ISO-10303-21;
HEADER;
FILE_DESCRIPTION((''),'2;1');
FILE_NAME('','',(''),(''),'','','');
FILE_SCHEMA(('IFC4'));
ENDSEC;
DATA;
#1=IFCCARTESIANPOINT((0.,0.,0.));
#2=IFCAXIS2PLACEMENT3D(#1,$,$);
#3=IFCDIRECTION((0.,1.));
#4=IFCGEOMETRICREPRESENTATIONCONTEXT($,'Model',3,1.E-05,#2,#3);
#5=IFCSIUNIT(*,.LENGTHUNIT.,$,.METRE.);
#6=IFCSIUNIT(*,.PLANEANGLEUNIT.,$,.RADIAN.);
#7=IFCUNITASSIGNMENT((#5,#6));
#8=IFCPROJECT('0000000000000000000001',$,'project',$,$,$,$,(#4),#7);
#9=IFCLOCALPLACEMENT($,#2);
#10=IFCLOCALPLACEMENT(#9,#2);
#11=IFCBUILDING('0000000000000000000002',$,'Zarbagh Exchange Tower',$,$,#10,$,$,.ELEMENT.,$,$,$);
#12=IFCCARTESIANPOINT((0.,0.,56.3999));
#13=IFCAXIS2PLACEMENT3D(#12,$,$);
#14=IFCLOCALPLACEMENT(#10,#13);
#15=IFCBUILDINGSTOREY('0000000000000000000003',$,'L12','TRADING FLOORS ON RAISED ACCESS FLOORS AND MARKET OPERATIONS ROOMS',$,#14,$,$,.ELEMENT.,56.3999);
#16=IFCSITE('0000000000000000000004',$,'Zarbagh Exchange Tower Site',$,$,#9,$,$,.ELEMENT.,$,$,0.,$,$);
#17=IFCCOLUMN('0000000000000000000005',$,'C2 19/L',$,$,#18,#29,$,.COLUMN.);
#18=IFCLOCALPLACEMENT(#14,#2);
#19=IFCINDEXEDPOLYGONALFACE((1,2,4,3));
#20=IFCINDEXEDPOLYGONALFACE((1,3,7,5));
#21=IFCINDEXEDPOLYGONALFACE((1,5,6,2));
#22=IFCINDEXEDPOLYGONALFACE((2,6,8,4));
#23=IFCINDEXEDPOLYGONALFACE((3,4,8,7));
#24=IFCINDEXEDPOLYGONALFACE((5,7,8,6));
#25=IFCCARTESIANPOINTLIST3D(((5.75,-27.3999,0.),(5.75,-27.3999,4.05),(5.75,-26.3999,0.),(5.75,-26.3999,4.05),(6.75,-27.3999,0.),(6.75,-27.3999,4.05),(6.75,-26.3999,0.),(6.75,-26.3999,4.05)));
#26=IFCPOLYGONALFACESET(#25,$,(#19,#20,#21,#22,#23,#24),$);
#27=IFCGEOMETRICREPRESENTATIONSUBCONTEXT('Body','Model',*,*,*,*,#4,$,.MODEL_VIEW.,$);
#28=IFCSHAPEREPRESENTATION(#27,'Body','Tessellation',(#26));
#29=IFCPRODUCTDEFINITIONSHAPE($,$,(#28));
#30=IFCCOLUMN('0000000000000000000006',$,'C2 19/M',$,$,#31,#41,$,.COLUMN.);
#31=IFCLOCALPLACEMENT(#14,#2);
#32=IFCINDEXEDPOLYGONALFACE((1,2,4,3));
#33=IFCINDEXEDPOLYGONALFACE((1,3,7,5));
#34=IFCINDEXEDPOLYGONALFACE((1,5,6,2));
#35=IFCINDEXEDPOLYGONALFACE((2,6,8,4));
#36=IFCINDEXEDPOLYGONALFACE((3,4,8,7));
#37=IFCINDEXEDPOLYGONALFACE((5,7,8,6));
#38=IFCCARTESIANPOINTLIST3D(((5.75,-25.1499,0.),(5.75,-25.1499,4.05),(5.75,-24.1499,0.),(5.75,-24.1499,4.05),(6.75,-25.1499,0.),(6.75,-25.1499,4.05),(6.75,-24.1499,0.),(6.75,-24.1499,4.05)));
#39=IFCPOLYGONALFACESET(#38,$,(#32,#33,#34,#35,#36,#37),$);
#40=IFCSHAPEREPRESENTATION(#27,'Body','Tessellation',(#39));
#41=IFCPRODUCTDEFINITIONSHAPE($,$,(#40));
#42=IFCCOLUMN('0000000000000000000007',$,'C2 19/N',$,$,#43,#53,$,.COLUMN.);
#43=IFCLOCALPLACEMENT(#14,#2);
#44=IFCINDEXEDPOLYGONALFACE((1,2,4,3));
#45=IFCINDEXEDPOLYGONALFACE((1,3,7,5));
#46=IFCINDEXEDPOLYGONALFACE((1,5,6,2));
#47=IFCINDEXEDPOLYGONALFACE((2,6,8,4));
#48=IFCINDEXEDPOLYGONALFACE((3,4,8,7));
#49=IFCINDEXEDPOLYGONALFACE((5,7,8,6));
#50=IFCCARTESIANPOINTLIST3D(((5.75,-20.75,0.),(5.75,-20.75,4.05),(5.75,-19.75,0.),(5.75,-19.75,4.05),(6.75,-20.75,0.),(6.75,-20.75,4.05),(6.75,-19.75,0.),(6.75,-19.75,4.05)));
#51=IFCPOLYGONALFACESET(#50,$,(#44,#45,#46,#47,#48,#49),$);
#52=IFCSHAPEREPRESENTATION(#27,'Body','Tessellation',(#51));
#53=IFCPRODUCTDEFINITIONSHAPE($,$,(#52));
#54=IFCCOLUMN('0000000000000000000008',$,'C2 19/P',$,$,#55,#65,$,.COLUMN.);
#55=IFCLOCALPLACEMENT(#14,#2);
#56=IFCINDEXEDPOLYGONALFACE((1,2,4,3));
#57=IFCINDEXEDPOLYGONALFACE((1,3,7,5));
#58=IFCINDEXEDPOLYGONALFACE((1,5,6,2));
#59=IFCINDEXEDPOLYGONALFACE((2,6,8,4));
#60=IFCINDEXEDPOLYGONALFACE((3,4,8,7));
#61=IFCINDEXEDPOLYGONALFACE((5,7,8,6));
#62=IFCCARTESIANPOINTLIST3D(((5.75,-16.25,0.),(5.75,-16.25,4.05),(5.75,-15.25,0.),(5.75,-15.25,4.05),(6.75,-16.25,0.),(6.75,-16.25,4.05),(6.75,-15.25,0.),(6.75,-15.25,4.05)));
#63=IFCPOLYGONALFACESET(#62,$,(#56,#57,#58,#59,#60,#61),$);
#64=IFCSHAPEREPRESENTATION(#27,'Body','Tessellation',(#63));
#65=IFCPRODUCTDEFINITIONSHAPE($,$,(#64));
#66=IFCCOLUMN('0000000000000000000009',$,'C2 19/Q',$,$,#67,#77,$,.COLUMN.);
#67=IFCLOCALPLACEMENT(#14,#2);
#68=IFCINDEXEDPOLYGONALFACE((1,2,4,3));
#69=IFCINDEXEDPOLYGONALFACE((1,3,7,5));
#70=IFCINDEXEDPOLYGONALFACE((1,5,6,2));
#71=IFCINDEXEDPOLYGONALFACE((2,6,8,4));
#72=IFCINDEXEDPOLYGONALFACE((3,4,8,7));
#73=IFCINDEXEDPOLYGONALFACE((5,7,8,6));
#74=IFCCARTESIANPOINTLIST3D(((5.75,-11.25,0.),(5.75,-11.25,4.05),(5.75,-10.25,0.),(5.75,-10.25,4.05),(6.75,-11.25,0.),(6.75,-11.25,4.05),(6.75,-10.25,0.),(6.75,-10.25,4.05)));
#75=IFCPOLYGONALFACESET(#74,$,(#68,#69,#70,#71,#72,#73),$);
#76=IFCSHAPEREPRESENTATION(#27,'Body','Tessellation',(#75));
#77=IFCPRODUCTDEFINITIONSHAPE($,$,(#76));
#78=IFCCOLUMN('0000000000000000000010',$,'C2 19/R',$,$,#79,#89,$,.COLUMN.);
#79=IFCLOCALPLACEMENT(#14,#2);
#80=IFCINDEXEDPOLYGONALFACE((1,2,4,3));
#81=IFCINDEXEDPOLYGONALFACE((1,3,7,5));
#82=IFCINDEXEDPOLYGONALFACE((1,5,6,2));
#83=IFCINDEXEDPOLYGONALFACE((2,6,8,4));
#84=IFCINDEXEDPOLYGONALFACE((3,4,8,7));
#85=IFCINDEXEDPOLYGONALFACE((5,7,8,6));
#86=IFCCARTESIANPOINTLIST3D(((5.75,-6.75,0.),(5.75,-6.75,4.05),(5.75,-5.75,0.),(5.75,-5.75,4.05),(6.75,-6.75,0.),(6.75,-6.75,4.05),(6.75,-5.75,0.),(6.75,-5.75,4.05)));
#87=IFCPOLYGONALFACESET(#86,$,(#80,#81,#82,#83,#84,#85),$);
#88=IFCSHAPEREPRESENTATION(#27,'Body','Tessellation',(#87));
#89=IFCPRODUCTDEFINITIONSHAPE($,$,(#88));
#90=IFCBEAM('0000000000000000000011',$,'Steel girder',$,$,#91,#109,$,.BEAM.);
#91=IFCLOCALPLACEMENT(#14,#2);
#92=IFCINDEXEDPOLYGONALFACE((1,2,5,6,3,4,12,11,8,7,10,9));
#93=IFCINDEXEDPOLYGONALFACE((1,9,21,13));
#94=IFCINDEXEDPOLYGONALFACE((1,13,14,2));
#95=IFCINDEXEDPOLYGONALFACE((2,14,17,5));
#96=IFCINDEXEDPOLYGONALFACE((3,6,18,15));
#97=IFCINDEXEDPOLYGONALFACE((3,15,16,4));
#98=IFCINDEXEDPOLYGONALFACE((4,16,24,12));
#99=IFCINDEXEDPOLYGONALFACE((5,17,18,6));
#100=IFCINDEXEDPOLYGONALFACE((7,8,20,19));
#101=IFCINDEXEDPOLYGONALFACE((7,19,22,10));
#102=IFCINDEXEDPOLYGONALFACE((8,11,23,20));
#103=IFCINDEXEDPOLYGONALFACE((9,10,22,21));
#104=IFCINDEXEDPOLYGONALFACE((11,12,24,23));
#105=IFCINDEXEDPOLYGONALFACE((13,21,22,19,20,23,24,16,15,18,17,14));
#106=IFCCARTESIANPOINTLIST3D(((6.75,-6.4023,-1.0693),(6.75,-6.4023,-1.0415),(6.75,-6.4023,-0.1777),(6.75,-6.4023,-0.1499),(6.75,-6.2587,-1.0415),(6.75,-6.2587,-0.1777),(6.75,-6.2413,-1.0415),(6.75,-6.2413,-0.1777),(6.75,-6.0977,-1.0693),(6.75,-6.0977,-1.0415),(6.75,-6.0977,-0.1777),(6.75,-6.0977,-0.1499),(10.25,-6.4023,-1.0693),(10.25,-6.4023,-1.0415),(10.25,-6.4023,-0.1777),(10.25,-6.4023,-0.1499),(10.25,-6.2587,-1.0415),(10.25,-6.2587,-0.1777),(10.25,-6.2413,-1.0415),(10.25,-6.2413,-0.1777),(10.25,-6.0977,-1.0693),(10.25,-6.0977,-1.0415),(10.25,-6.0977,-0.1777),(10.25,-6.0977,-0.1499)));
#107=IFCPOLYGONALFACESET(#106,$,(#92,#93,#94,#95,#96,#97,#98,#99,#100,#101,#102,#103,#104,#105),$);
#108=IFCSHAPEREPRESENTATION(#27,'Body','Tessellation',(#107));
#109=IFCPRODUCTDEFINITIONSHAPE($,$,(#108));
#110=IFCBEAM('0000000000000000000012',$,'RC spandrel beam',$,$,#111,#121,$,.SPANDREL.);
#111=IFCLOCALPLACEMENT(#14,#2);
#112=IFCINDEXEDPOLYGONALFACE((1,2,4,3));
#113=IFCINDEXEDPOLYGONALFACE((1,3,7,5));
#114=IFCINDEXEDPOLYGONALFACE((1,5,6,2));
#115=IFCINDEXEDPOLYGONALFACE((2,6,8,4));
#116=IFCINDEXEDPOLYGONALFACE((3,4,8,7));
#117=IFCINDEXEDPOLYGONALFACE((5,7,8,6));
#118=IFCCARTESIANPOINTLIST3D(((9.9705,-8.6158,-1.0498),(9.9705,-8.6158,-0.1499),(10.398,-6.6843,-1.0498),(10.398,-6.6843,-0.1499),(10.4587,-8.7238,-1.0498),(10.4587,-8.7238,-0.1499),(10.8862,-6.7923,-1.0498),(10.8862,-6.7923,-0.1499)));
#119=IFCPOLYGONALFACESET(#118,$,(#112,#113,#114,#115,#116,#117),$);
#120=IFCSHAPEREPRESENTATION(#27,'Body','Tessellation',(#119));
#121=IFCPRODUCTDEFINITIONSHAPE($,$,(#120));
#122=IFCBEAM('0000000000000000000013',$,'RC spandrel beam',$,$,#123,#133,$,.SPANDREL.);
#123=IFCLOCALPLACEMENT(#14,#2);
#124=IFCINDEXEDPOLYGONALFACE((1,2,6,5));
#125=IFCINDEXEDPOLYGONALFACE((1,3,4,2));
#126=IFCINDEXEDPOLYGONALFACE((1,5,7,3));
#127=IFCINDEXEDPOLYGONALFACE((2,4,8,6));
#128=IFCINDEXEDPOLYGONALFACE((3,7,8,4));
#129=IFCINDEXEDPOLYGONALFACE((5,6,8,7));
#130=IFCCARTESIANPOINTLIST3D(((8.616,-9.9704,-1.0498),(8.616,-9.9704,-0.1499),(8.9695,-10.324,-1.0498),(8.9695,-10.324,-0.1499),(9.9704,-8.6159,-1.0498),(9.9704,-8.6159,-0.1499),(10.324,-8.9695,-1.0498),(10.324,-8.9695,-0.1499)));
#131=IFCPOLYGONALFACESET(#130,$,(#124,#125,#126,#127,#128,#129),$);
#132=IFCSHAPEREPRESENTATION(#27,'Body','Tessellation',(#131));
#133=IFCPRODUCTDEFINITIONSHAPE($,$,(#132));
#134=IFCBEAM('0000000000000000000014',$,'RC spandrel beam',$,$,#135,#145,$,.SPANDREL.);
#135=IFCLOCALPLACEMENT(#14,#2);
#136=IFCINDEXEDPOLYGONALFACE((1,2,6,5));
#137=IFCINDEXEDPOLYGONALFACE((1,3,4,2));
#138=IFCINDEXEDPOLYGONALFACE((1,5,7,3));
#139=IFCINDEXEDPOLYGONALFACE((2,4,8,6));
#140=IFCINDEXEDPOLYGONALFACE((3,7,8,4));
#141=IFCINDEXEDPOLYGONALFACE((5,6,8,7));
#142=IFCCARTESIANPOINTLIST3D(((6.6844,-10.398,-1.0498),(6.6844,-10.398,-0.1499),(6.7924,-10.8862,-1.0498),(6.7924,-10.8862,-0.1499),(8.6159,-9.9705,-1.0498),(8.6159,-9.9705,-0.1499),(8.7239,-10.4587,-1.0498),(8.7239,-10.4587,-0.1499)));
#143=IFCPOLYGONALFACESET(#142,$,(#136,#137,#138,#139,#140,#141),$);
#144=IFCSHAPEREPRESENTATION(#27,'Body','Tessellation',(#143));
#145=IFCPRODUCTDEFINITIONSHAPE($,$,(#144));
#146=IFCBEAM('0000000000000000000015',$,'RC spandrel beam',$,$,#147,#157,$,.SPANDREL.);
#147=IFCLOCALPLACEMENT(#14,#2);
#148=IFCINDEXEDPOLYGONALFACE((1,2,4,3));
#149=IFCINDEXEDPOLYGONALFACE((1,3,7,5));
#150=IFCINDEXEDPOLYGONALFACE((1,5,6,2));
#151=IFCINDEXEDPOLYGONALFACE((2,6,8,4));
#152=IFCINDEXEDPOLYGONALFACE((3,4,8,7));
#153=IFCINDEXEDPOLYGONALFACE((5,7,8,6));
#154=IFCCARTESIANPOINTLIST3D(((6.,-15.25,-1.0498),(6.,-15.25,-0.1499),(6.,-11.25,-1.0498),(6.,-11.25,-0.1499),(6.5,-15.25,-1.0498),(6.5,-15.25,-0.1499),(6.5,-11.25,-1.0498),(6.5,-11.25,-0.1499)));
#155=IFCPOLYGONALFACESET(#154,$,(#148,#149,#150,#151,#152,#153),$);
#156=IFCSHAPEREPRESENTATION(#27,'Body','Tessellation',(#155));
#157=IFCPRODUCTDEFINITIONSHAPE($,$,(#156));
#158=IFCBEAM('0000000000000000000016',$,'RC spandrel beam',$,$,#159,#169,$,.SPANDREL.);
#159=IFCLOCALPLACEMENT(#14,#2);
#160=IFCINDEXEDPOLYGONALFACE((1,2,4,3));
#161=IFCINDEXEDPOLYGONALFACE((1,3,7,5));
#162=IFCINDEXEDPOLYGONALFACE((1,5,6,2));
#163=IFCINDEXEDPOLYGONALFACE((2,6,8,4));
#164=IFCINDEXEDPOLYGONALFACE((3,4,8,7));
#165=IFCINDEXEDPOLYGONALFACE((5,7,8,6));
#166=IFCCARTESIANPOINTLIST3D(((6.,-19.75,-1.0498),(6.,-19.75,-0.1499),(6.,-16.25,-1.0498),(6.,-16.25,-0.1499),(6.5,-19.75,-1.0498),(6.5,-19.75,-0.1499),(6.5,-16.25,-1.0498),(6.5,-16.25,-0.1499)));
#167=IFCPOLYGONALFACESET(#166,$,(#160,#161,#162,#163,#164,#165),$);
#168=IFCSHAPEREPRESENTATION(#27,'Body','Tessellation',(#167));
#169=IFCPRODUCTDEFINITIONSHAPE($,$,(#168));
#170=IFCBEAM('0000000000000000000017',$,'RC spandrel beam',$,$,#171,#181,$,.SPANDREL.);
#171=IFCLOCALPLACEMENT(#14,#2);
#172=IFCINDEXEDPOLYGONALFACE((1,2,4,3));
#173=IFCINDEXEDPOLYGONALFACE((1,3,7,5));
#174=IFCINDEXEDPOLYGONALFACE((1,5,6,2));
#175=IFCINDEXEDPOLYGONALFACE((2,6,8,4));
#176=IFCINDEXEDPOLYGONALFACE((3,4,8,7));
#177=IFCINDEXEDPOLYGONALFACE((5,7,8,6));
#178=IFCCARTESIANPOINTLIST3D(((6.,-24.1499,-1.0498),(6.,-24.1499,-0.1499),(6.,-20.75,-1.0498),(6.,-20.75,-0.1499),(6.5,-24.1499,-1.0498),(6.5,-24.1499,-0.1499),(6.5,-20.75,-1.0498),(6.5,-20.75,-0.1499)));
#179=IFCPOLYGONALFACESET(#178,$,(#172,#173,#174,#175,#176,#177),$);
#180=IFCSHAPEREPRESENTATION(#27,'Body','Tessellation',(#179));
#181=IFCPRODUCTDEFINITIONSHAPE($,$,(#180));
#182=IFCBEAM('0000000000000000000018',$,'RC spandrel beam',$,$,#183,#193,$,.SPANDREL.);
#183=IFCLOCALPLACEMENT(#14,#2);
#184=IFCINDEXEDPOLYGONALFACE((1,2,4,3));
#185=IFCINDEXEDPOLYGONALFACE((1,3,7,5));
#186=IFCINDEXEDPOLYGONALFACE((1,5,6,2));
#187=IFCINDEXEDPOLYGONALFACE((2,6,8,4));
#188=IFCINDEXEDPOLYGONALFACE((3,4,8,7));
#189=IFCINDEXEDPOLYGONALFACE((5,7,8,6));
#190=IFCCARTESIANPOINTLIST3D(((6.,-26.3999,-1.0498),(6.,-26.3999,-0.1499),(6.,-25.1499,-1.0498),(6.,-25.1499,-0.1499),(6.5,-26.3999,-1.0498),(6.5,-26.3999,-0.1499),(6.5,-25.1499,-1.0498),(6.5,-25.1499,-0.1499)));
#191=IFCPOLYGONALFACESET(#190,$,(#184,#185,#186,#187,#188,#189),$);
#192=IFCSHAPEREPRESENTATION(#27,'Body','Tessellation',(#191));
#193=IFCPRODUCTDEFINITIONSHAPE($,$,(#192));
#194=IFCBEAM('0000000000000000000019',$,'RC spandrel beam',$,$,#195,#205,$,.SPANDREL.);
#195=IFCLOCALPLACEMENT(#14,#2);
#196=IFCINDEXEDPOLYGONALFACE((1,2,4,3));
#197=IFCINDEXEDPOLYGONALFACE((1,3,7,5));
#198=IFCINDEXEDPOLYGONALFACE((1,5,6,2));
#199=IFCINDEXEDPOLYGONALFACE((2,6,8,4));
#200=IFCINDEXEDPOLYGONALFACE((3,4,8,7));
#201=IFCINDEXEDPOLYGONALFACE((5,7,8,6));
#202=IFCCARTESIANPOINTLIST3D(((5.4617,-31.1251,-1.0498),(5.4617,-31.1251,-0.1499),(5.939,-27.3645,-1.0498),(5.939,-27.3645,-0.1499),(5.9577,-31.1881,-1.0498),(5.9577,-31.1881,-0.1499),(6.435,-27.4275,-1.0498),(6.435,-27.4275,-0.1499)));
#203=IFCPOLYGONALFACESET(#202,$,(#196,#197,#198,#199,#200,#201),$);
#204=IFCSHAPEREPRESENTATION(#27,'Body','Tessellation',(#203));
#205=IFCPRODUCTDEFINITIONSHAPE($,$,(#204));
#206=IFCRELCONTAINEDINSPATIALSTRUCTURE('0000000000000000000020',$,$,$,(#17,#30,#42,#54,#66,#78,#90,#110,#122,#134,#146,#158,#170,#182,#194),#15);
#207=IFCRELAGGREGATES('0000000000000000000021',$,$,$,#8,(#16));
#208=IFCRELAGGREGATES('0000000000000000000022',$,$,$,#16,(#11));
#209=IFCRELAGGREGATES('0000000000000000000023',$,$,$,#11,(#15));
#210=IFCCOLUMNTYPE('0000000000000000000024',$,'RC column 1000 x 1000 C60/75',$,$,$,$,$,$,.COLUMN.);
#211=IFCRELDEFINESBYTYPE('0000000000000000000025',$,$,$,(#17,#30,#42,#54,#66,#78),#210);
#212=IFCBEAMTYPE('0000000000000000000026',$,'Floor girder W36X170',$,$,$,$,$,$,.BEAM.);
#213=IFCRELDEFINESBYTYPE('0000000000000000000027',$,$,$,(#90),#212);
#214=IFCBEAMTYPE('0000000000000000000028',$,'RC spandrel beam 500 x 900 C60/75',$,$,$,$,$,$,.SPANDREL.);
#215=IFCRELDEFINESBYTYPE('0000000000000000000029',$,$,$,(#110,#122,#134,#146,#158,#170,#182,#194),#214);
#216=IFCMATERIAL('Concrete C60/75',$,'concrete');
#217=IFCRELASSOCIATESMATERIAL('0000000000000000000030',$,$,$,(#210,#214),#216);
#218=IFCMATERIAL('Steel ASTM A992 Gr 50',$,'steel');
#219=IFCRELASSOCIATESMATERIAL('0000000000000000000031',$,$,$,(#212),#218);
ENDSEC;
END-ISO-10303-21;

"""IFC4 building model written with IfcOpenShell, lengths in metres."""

from ifc_helpers import new_model, si_unit, direction, frame, origin, origin_2d, place, context, subcontext, project, spatial, rectangle, i_section, extrude, material, material_profile, profile_set, type_object, element, save


model = new_model("IFC4")

# Units and contexts
model_context = context("Model", 3, precision=1e-05, world=origin(), true_north=direction((0.0, 1.0)))
body_context = subcontext(model_context, "Body", "Model", "MODEL_VIEW")
ifc_project = project(units=[si_unit("LENGTHUNIT", "METRE"), si_unit("PLANEANGLEUNIT", "RADIAN")], contexts=[model_context])

# Site, building, storey
site_placement = place(None, origin())
site = spatial("IfcSite", under=ifc_project, at=site_placement, Name="Zarbagh Exchange Tower Site", CompositionType="ELEMENT", RefElevation=0.0)
building_placement = place(site_placement, origin())
building = spatial("IfcBuilding", under=site, at=building_placement, Name="Zarbagh Exchange Tower", CompositionType="ELEMENT")
storey_placement = place(building_placement, frame((0.0, 0.0, 56.3999)))
storey = spatial("IfcBuildingStorey", under=building, at=storey_placement, Name="L12", Description="TRADING FLOORS ON RAISED ACCESS FLOORS AND MARKET OPERATIONS ROOMS", CompositionType="ELEMENT", Elevation=56.3999)

# Columns
ifc_material_1 = material(Name="Concrete C60/75", Category="concrete")
ifc_material_profile_1 = material_profile(ifc_material_1, rectangle(XDim=1.0, YDim=1.0, at=origin_2d()), Name="RC column 1000 x 1000 C60/75")
ifc_profile_set_1 = profile_set([ifc_material_profile_1], Name="Concrete C60/75")
column_type = type_object("IfcColumnType", Name="RC column 1000 x 1000 C60/75", PredefinedType="COLUMN", material=ifc_profile_set_1)
for number, where, z_axis, x_axis, name in (
    (1, (6.25, -26.8999, 0.0), (0.0, 0.0, 1.0), (1.0, 0.0, 0.0), "C2 19/L"),
    (2, (6.25, -24.6499, 0.0), (0.0, 0.0, 1.0), (1.0, 0.0, 0.0), "C2 19/M"),
    (3, (6.25, -20.25, 0.0), (0.0, 0.0, 1.0), (1.0, 0.0, 0.0), "C2 19/N"),
    (4, (6.25, -15.75, 0.0), (0.0, 0.0, 1.0), (1.0, 0.0, 0.0), "C2 19/P"),
    (5, (6.25, -10.75, 0.0), (0.0, 0.0, 1.0), (1.0, 0.0, 0.0), "C2 19/Q"),
    (6, (6.25, -6.25, 0.0), (0.0, 0.0, 1.0), (1.0, 0.0, 0.0), "C2 19/R"),
):
    element("IfcColumn", number, at=place(storey_placement, frame(where, z_axis=z_axis, x_axis=x_axis)), inside=storey, type_object=column_type, Name=name, PredefinedType="COLUMN", context=body_context, shape_type="SweptSolid", body=[
        extrude(rectangle(XDim=1.0, YDim=1.0, at=origin_2d()), origin(), (0.0, 0.0, 1.0), 4.05),
    ])

# Beams
ifc_material_2 = material(Name="Steel ASTM A992 Gr 50", Category="steel")
ifc_material_profile_2 = material_profile(ifc_material_2, i_section(OverallWidth=0.3047, OverallDepth=0.9194, WebThickness=0.0173, FlangeThickness=0.0278, at=origin_2d()), Name="W36X170")
ifc_profile_set_2 = profile_set([ifc_material_profile_2], Name="Steel ASTM A992 Gr 50")
beam_type_1 = type_object("IfcBeamType", Name="Floor girder W36X170", PredefinedType="BEAM", material=ifc_profile_set_2)
beam_1_placement = place(storey_placement, frame((6.75, -6.25, -0.6096), z_axis=(1.0, 0.0, 0.0), x_axis=(0.0, 1.0, 0.0)))
element("IfcBeam", 7, at=beam_1_placement, inside=storey, type_object=beam_type_1, Name="Steel girder", PredefinedType="BEAM", context=body_context, shape_type="SweptSolid", body=[
    extrude(i_section(OverallWidth=0.3047, OverallDepth=0.9194, WebThickness=0.0173, FlangeThickness=0.0278, at=origin_2d()), origin(), (0.0, 0.0, 1.0), 3.5),
])
ifc_material_profile_3 = material_profile(ifc_material_1, rectangle(XDim=0.5, YDim=0.8999, at=origin_2d()), Name="RC spandrel beam 500 x 900 C60/75")
ifc_profile_set_3 = profile_set([ifc_material_profile_3], Name="Concrete C60/75")
beam_type_2 = type_object("IfcBeamType", Name="RC spandrel beam 500 x 900 C60/75", PredefinedType="SPANDREL", material=ifc_profile_set_3)
beam_2_placement = place(storey_placement, frame((10.6421, -6.7383, -0.5999), z_axis=(-0.216081, -0.976375, 0.0), x_axis=(0.976375, -0.216081, 0.0)))
element("IfcBeam", 8, at=beam_2_placement, inside=storey, type_object=beam_type_2, Name="RC spandrel beam", PredefinedType="SPANDREL", context=body_context, shape_type="SweptSolid", body=[
    extrude(rectangle(XDim=0.5, YDim=0.8999, at=origin_2d()), origin(), (0.0, 0.0, 1.0), 1.9783),
])
beam_3_placement = place(storey_placement, frame((10.1472, -8.7927, -0.5999), z_axis=(-0.707107, -0.707107, 0.0), x_axis=(0.707107, -0.707107, 0.0)))
element("IfcBeam", 9, at=beam_3_placement, inside=storey, type_object=beam_type_2, Name="RC spandrel beam", PredefinedType="SPANDREL", context=body_context, shape_type="SweptSolid", body=[
    extrude(rectangle(XDim=0.5, YDim=0.8999, at=origin_2d()), origin(), (0.0, 0.0, 1.0), 1.9155),
])
beam_4_placement = place(storey_placement, frame((8.6699, -10.2146, -0.5999), z_axis=(-0.976375, -0.216081, 0.0), x_axis=(0.216081, -0.976375, 0.0)))
element("IfcBeam", 10, at=beam_4_placement, inside=storey, type_object=beam_type_2, Name="RC spandrel beam", PredefinedType="SPANDREL", context=body_context, shape_type="SweptSolid", body=[
    extrude(rectangle(XDim=0.5, YDim=0.8999, at=origin_2d()), origin(), (0.0, 0.0, 1.0), 1.9783),
])
beam_5_placement = place(storey_placement, frame((6.25, -11.25, -0.5999), z_axis=(0.0, -1.0, 0.0), x_axis=(1.0, 0.0, 0.0)))
element("IfcBeam", 11, at=beam_5_placement, inside=storey, type_object=beam_type_2, Name="RC spandrel beam", PredefinedType="SPANDREL", context=body_context, shape_type="SweptSolid", body=[
    extrude(rectangle(XDim=0.5, YDim=0.8999, at=origin_2d()), origin(), (0.0, 0.0, 1.0), 4.0),
])
beam_6_placement = place(storey_placement, frame((6.25, -16.25, -0.5999), z_axis=(0.0, -1.0, 0.0), x_axis=(1.0, 0.0, 0.0)))
element("IfcBeam", 12, at=beam_6_placement, inside=storey, type_object=beam_type_2, Name="RC spandrel beam", PredefinedType="SPANDREL", context=body_context, shape_type="SweptSolid", body=[
    extrude(rectangle(XDim=0.5, YDim=0.8999, at=origin_2d()), origin(), (0.0, 0.0, 1.0), 3.5),
])
beam_7_placement = place(storey_placement, frame((6.25, -20.75, -0.5999), z_axis=(0.0, -1.0, 0.0), x_axis=(1.0, 0.0, 0.0)))
element("IfcBeam", 13, at=beam_7_placement, inside=storey, type_object=beam_type_2, Name="RC spandrel beam", PredefinedType="SPANDREL", context=body_context, shape_type="SweptSolid", body=[
    extrude(rectangle(XDim=0.5, YDim=0.8999, at=origin_2d()), origin(), (0.0, 0.0, 1.0), 3.3999),
])
beam_8_placement = place(storey_placement, frame((6.25, -25.1499, -0.5999), z_axis=(0.0, -1.0, 0.0), x_axis=(1.0, 0.0, 0.0)))
element("IfcBeam", 14, at=beam_8_placement, inside=storey, type_object=beam_type_2, Name="RC spandrel beam", PredefinedType="SPANDREL", context=body_context, shape_type="SweptSolid", body=[
    extrude(rectangle(XDim=0.5, YDim=0.8999, at=origin_2d()), origin(), (0.0, 0.0, 1.0), 1.25),
])
beam_9_placement = place(storey_placement, frame((6.187, -27.396, -0.5999), z_axis=(-0.125913, -0.992041, 0.0), x_axis=(0.992041, -0.125913, 0.0)))
element("IfcBeam", 15, at=beam_9_placement, inside=storey, type_object=beam_type_2, Name="RC spandrel beam", PredefinedType="SPANDREL", context=body_context, shape_type="SweptSolid", body=[
    extrude(rectangle(XDim=0.5, YDim=0.8999, at=origin_2d()), origin(), (0.0, 0.0, 1.0), 3.7908),
])

save(model, "model.ifc")
